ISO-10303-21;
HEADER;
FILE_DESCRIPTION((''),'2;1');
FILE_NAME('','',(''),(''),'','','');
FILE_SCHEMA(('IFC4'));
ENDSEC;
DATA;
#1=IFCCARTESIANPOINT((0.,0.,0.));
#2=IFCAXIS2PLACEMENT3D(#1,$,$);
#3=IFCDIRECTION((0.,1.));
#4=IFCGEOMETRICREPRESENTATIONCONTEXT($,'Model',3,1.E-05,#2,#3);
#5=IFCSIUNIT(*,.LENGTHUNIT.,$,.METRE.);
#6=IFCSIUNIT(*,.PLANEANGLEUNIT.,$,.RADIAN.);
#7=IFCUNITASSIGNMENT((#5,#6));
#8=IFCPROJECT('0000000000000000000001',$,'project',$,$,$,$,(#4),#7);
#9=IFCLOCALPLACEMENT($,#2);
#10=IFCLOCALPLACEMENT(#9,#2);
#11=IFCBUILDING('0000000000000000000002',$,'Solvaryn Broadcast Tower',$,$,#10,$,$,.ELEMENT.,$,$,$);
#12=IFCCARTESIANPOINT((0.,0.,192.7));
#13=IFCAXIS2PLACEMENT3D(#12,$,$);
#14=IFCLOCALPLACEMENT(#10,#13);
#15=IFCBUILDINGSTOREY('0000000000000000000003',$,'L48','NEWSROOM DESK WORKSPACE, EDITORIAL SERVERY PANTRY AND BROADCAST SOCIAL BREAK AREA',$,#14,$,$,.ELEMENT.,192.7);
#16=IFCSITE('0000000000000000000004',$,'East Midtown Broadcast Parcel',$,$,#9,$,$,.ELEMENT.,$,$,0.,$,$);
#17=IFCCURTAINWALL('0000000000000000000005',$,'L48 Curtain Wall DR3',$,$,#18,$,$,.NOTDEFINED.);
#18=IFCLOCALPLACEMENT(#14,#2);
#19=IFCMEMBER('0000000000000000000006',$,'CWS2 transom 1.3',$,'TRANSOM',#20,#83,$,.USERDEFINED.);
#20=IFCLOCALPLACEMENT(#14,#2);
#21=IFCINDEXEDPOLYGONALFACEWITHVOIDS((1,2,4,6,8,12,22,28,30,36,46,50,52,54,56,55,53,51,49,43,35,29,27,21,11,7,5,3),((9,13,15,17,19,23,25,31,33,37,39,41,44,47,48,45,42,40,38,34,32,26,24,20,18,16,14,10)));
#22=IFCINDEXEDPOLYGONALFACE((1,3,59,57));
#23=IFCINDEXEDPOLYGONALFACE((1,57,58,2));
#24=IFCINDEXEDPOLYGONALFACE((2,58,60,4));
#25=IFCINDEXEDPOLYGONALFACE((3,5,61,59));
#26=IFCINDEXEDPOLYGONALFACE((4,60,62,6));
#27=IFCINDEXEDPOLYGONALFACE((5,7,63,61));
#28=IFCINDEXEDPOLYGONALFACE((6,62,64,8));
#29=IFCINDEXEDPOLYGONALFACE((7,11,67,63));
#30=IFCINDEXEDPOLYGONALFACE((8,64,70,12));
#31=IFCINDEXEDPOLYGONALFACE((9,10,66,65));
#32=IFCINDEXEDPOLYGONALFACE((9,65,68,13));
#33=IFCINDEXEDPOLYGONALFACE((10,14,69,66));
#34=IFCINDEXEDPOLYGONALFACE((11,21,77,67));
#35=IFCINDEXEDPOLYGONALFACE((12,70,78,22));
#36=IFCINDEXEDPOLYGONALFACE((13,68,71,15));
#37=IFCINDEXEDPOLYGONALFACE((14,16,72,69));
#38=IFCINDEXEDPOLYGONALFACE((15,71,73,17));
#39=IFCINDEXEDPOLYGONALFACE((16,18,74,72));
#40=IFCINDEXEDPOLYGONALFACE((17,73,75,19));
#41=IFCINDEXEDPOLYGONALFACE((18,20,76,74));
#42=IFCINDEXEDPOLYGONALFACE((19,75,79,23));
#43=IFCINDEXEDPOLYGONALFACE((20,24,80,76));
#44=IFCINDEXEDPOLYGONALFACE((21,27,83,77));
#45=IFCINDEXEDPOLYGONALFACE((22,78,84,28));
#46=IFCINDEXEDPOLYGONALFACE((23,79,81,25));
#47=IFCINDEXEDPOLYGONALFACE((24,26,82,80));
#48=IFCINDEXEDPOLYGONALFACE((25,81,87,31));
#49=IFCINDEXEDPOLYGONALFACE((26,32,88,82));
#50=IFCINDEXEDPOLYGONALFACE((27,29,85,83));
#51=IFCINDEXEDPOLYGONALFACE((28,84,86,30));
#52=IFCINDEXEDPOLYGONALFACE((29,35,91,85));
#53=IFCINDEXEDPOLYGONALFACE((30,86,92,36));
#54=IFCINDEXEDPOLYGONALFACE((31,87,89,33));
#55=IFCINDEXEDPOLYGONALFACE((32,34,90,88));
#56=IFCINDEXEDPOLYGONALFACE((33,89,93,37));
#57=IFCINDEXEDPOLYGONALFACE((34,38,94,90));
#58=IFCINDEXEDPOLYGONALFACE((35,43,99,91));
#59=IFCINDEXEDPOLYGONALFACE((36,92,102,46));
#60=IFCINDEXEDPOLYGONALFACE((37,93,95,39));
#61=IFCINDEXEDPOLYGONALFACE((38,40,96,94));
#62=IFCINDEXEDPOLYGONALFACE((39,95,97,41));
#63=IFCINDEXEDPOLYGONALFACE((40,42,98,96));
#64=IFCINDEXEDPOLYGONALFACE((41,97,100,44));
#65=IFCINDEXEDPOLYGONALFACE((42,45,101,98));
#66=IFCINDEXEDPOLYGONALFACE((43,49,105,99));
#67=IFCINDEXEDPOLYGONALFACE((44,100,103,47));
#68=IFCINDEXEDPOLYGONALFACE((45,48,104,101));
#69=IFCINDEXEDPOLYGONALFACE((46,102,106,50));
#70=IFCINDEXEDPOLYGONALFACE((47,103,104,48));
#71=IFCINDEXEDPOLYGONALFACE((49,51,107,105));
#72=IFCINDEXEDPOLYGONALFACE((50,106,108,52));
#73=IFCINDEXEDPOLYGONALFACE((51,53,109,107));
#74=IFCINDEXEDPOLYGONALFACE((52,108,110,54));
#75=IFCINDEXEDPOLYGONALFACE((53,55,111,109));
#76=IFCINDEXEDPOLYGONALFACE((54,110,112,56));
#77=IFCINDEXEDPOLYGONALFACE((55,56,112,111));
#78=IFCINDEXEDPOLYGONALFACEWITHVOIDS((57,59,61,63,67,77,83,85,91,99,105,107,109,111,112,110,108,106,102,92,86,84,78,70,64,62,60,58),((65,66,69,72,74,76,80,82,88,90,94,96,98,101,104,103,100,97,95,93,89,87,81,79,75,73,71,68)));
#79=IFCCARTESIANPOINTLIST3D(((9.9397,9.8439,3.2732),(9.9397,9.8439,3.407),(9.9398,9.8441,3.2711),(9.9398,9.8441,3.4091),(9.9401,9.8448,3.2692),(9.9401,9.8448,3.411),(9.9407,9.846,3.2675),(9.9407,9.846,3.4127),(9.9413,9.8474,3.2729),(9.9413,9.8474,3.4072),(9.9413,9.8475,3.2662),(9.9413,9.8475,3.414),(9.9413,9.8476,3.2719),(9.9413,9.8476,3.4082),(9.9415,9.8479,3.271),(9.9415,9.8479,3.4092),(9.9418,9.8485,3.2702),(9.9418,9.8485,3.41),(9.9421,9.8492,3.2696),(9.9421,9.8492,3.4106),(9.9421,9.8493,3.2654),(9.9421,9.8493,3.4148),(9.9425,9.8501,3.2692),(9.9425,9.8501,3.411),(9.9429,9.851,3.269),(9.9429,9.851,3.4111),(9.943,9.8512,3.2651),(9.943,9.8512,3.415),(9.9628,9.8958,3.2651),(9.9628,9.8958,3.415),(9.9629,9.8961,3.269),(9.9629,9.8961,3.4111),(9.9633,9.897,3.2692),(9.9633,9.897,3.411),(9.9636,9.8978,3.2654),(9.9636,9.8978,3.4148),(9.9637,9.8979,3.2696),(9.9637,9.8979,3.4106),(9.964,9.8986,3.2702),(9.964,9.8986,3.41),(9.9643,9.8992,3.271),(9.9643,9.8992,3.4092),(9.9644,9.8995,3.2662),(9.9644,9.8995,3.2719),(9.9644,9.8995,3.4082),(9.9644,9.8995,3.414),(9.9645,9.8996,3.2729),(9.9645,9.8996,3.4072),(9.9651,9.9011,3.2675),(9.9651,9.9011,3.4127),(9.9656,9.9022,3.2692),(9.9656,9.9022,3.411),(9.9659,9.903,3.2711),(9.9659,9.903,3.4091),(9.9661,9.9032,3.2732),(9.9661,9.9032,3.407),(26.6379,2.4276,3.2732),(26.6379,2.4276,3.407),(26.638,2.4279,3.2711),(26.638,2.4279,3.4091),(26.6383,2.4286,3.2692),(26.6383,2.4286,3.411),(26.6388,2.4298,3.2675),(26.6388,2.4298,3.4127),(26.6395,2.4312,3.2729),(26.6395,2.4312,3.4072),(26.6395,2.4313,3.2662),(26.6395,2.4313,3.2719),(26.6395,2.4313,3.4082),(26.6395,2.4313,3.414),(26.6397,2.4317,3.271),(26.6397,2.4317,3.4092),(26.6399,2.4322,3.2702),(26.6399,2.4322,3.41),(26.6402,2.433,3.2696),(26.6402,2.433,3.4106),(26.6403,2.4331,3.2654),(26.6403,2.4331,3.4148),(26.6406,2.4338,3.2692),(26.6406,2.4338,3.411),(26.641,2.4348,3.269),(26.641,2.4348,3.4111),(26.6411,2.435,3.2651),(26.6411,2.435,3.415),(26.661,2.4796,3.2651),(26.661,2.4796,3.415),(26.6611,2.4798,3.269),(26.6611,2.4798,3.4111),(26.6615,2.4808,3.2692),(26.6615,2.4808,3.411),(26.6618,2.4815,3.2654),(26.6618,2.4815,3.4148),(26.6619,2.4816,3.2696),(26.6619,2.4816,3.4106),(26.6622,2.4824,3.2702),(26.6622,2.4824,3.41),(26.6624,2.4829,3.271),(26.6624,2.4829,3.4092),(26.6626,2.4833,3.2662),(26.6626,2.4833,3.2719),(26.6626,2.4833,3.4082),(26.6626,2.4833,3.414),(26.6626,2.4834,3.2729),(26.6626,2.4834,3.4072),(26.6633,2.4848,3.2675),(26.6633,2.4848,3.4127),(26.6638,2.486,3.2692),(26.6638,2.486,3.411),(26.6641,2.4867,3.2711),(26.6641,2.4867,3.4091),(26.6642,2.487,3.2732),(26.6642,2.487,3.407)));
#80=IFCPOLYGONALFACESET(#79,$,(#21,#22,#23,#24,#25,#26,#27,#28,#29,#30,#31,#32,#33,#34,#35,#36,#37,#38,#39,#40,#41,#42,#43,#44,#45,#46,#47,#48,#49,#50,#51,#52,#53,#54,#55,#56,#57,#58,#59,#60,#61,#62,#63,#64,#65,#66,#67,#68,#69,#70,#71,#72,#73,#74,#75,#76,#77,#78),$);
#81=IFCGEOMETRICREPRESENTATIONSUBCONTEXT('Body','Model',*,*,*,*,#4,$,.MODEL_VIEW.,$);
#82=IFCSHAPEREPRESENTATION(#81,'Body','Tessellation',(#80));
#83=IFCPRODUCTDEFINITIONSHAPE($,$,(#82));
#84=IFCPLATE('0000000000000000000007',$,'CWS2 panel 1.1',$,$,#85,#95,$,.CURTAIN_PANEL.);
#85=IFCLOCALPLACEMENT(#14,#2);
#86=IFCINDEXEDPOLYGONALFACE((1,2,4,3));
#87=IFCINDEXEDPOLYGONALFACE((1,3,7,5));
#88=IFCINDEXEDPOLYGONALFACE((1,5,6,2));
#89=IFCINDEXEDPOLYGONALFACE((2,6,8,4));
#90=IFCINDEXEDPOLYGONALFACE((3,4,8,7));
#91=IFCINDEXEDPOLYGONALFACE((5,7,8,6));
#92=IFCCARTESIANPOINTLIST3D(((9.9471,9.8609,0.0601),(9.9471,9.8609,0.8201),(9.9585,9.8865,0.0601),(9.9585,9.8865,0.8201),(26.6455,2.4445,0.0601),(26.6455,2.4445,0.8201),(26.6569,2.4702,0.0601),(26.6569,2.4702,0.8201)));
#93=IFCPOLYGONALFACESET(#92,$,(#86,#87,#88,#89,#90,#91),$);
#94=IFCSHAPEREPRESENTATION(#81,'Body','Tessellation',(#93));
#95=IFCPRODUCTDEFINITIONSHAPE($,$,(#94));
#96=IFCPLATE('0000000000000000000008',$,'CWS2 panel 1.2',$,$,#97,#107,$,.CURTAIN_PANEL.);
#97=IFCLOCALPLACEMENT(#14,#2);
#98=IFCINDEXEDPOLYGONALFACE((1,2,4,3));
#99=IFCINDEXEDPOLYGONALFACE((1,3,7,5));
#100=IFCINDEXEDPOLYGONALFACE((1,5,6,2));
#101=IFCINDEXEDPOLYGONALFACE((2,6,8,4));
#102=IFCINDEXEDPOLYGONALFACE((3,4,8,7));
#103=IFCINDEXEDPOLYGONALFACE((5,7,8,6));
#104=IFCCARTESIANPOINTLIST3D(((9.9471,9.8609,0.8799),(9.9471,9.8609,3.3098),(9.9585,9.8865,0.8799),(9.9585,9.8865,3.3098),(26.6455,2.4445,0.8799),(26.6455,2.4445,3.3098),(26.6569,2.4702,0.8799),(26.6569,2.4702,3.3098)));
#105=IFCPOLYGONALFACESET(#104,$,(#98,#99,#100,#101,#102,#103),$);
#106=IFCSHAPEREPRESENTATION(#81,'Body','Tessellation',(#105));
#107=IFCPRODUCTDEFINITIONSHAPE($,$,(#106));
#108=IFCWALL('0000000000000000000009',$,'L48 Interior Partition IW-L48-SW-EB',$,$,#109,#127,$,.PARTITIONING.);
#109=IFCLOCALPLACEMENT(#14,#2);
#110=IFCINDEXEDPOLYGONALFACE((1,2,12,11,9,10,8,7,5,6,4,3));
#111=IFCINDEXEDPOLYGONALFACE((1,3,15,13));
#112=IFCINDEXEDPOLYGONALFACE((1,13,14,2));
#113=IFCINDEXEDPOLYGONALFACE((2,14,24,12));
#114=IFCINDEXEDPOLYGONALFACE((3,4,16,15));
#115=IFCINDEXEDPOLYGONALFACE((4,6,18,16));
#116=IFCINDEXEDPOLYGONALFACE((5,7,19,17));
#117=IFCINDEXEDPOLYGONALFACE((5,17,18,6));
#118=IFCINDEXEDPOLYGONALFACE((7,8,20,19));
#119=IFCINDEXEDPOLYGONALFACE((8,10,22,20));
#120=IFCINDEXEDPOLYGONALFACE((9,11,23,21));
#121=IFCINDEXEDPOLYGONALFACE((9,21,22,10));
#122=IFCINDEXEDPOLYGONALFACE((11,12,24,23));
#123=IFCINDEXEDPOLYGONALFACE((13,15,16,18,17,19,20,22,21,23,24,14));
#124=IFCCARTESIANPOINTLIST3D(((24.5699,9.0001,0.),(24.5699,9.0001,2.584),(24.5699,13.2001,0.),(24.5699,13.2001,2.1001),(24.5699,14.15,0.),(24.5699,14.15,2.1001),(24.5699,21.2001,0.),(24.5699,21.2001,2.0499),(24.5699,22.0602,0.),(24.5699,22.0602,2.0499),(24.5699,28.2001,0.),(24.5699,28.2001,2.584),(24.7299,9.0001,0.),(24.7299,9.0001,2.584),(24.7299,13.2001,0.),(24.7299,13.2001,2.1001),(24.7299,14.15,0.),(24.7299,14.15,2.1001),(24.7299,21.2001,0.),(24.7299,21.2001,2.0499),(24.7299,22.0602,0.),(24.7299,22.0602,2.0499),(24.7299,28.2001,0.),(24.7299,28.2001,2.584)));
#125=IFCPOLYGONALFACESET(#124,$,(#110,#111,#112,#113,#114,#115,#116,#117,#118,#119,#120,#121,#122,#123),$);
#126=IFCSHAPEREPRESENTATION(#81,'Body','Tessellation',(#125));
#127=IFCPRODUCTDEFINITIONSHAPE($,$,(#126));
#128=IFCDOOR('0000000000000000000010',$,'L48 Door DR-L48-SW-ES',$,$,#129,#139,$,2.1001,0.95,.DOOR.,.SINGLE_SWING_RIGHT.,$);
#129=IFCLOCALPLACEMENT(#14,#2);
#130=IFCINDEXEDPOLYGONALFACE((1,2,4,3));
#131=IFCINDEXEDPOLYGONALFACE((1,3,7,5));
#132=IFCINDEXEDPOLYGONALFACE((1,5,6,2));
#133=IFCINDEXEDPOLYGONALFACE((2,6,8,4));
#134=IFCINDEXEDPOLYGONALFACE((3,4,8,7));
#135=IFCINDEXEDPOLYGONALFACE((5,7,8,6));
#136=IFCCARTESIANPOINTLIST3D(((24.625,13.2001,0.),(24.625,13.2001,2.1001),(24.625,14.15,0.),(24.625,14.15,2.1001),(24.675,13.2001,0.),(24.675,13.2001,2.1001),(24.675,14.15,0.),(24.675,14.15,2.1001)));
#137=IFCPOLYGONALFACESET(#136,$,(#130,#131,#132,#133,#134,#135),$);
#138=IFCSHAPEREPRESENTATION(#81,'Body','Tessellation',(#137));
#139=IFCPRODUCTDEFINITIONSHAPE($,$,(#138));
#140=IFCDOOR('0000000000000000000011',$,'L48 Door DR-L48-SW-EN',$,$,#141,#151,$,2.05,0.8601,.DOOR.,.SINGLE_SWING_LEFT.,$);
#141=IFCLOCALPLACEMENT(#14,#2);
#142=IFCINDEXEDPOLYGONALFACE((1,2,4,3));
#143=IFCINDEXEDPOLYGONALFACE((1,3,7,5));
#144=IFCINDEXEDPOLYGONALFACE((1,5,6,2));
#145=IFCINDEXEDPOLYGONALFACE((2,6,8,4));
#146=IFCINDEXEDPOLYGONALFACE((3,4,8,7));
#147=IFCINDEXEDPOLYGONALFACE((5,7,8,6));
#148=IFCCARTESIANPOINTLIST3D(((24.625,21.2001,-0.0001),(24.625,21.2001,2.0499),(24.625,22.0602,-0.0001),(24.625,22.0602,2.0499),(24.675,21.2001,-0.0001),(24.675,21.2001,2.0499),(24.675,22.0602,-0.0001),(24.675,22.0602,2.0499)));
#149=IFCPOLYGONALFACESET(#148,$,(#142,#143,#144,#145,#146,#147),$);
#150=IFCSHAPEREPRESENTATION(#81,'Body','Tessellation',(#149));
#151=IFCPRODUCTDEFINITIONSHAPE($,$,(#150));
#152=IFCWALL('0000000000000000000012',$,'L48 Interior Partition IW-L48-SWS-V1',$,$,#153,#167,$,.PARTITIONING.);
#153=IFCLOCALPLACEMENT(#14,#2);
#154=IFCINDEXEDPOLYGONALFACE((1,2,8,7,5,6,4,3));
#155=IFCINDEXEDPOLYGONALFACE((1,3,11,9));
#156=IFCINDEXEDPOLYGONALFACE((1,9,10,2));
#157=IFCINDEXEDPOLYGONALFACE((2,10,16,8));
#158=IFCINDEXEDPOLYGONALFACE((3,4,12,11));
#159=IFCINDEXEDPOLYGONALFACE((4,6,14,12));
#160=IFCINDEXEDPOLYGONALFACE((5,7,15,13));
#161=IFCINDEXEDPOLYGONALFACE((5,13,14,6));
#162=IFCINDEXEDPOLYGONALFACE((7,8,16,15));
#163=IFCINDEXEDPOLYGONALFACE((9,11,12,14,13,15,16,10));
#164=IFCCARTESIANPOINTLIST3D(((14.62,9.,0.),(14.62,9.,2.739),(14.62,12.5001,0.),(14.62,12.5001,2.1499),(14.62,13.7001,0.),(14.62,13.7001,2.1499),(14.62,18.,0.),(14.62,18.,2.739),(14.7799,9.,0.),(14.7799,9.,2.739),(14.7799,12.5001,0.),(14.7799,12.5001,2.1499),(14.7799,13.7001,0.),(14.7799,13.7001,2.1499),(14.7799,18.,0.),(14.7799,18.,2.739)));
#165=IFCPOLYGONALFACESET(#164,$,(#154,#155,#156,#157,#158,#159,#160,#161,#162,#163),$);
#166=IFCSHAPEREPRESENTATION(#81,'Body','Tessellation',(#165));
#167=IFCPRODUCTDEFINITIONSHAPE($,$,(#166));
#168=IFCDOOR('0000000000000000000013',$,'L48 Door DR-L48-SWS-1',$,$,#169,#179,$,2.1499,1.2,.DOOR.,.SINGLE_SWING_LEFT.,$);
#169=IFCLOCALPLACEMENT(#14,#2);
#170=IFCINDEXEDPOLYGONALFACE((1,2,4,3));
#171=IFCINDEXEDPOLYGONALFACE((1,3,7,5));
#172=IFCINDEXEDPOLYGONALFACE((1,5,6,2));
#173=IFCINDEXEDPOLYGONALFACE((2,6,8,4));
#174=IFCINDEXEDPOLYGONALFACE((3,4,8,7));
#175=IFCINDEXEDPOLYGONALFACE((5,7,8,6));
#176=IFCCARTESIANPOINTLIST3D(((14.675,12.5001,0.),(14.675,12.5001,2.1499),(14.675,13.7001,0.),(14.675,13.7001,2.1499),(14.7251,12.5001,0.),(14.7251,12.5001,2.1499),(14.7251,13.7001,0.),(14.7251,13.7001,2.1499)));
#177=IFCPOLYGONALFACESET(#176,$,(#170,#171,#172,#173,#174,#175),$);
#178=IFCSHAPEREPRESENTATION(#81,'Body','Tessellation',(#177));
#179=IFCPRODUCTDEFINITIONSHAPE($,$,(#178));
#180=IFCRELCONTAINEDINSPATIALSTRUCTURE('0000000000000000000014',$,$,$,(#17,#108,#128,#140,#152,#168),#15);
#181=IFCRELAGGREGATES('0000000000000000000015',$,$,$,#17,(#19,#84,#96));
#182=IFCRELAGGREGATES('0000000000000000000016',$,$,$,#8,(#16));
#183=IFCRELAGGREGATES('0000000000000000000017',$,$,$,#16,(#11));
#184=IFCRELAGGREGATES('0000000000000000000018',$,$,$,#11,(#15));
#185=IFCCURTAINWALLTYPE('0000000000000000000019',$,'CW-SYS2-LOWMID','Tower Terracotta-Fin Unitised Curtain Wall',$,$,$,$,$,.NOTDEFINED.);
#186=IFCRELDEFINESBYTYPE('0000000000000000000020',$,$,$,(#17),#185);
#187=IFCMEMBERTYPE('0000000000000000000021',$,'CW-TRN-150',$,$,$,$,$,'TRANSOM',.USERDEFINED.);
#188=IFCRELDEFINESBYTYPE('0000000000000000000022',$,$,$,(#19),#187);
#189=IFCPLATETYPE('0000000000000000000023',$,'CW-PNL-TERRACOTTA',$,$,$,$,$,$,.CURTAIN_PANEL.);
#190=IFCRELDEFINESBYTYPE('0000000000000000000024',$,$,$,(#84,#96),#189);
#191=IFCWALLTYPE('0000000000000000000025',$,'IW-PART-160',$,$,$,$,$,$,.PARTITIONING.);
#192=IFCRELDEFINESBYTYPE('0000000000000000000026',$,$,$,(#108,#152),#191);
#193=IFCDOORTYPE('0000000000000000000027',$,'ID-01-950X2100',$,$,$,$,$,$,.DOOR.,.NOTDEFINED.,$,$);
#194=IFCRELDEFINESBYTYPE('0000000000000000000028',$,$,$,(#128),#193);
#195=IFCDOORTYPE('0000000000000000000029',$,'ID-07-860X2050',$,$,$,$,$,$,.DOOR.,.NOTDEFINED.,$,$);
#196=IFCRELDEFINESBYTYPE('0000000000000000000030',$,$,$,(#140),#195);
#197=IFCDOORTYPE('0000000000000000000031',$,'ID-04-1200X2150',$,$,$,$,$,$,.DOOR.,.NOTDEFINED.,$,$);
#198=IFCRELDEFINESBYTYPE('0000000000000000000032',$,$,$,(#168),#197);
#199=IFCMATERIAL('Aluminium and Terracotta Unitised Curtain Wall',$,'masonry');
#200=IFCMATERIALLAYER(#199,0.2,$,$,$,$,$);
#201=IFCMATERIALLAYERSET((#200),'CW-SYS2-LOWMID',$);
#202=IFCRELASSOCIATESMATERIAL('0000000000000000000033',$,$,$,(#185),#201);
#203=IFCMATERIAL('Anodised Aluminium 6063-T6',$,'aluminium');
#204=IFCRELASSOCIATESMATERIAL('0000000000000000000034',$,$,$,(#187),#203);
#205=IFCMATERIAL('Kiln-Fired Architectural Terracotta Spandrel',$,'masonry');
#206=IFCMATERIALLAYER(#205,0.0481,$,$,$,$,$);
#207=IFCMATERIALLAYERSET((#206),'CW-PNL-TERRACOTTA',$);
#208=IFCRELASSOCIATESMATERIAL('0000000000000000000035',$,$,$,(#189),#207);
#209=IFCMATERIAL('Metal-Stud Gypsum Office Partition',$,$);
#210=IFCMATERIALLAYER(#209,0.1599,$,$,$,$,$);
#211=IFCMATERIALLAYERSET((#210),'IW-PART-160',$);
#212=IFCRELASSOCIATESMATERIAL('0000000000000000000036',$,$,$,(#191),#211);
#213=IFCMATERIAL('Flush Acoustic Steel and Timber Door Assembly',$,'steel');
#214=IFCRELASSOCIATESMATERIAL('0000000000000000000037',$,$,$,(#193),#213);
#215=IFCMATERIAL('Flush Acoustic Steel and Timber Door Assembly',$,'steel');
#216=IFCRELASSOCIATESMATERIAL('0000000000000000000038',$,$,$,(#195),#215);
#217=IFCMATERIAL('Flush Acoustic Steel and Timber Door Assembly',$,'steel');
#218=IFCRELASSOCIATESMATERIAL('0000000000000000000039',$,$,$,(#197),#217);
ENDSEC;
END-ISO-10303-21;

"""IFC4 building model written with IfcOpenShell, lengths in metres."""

from ifc_helpers import new_model, si_unit, direction, frame, frame_2d, origin, origin_2d, place, context, subcontext, project, spatial, rectangle, hollow_rectangle, extrude, material, layer, layer_set, material_profile, profile_set, type_object, element, fill, aggregate, save


model = new_model("IFC4")

# Units and contexts
model_context = context("Model", 3, precision=1e-05, world=origin(), true_north=direction((0.0, 1.0)))
body_context = subcontext(model_context, "Body", "Model", "MODEL_VIEW")
ifc_project = project(units=[si_unit("LENGTHUNIT", "METRE"), si_unit("PLANEANGLEUNIT", "RADIAN")], contexts=[model_context])

# Site, building, storey
site_placement = place(None, origin())
site = spatial("IfcSite", under=ifc_project, at=site_placement, Name="East Midtown Broadcast Parcel", CompositionType="ELEMENT", RefElevation=0.0)
building_placement = place(site_placement, origin())
building = spatial("IfcBuilding", under=site, at=building_placement, Name="Solvaryn Broadcast Tower", CompositionType="ELEMENT")
storey_placement = place(building_placement, frame((0.0, 0.0, 192.7)))
storey = spatial("IfcBuildingStorey", under=building, at=storey_placement, Name="L48", Description="NEWSROOM DESK WORKSPACE, EDITORIAL SERVERY PANTRY AND BROADCAST SOCIAL BREAK AREA", CompositionType="ELEMENT", Elevation=192.7)

# Curtain wall, member, plates
ifc_material_1 = material(Name="Aluminium and Terracotta Unitised Curtain Wall", Category="masonry")
ifc_layer_1 = layer(ifc_material_1, 0.2)
ifc_layer_set_1 = layer_set([ifc_layer_1], Name="CW-SYS2-LOWMID")
curtain_wall_type = type_object("IfcCurtainWallType", Name="CW-SYS2-LOWMID", Description="Tower Terracotta-Fin Unitised Curtain Wall", PredefinedType="NOTDEFINED", material=ifc_layer_set_1)
curtain_wall_placement = place(storey_placement, origin())
curtain_wall = element("IfcCurtainWall", 1, at=curtain_wall_placement, inside=storey, type_object=curtain_wall_type, Name="L48 Curtain Wall DR3", PredefinedType="NOTDEFINED")
ifc_material_2 = material(Name="Anodised Aluminium 6063-T6", Category="aluminium")
ifc_material_profile_1 = material_profile(ifc_material_2, hollow_rectangle(XDim=0.0649, YDim=0.1499, WallThickness=0.0039, InnerFilletRadius=0.0039, OuterFilletRadius=0.0081, at=origin_2d()))
ifc_profile_set_1 = profile_set([ifc_material_profile_1], Name="Anodised Aluminium 6063-T6")
member_type = type_object("IfcMemberType", Name="CW-TRN-150", ElementType="TRANSOM", PredefinedType="USERDEFINED", material=ifc_profile_set_1)
member_1_placement = place(storey_placement, frame((9.9529, 9.8735, 3.3401), z_axis=(0.913917, -0.405902, 0.0), x_axis=(0.405902, 0.913917, 0.0)))
member_1 = element("IfcMember", 2, at=member_1_placement, type_object=member_type, Name="CWS2 transom 1.3", ObjectType="TRANSOM", PredefinedType="USERDEFINED", context=body_context, shape_type="SweptSolid", body=[
    extrude(hollow_rectangle(XDim=0.0649, YDim=0.1499, WallThickness=0.0039, InnerFilletRadius=0.0039, OuterFilletRadius=0.0081, at=origin_2d()), origin(), (0.0, 0.0, 1.0), 18.271),
])
ifc_material_3 = material(Name="Kiln-Fired Architectural Terracotta Spandrel", Category="masonry")
ifc_layer_2 = layer(ifc_material_3, 0.0481)
ifc_layer_set_2 = layer_set([ifc_layer_2], Name="CW-PNL-TERRACOTTA")
plate_type = type_object("IfcPlateType", Name="CW-PNL-TERRACOTTA", PredefinedType="CURTAIN_PANEL", material=ifc_layer_set_2)
plate_1_placement = place(storey_placement, frame((18.302, 6.1655, 0.0601), z_axis=(0.0, 0.0, 1.0), x_axis=(0.913917, -0.405901, 0.0)))
plate_1 = element("IfcPlate", 3, at=plate_1_placement, type_object=plate_type, Name="CWS2 panel 1.1", PredefinedType="CURTAIN_PANEL", context=body_context, shape_type="SweptSolid", body=[
    extrude(rectangle(XDim=18.2712, YDim=0.0281, at=origin_2d()), origin(), (0.0, 0.0, 1.0), 0.76),
])
plate_2_placement = place(storey_placement, frame((18.302, 6.1655, 0.8799), z_axis=(0.0, 0.0, 1.0), x_axis=(0.913917, -0.405901, 0.0)))
plate_2 = element("IfcPlate", 4, at=plate_2_placement, type_object=plate_type, Name="CWS2 panel 1.2", PredefinedType="CURTAIN_PANEL", context=body_context, shape_type="SweptSolid", body=[
    extrude(rectangle(XDim=18.2712, YDim=0.0281, at=origin_2d()), origin(), (0.0, 0.0, 1.0), 2.4299),
])
aggregate(curtain_wall, [member_1, plate_1, plate_2])

# Wall, openings, doors
ifc_material_4 = material(Name="Metal-Stud Gypsum Office Partition")
ifc_layer_3 = layer(ifc_material_4, 0.1599)
ifc_layer_set_3 = layer_set([ifc_layer_3], Name="IW-PART-160")
wall_type = type_object("IfcWallType", Name="IW-PART-160", PredefinedType="PARTITIONING", material=ifc_layer_set_3)
wall_1_placement = place(storey_placement, frame((24.6499, 9.0, 0.0), z_axis=(0.0, 0.0, 1.0), x_axis=(0.0, 1.0, 0.0)))
wall_1 = element("IfcWall", 5, at=wall_1_placement, inside=storey, type_object=wall_type, Name="L48 Interior Partition IW-L48-SW-EB", PredefinedType="PARTITIONING", context=body_context, shape_type="SweptSolid", body=[
    extrude(rectangle(XDim=19.2, YDim=0.1599, at=frame_2d((9.6001, 0.0))), origin(), (0.0, 0.0, 1.0), 2.584),
])
opening_1_placement = place(wall_1_placement, frame((12.2, 0.0, 0.0)))
opening_1 = element("IfcOpeningElement", 6, at=opening_1_placement, cuts=wall_1, PredefinedType="OPENING", context=body_context, shape_type="SweptSolid", body=[
    extrude(rectangle(XDim=0.8601, YDim=2.05, at=frame_2d((0.4302, 1.0249))), frame((0.0, 0.0901, 0.0), z_axis=(0.0, -1.0, 0.0), x_axis=(1.0, 0.0, 0.0)), (0.0, 0.0, 1.0), 0.1799),
])
opening_2_placement = place(wall_1_placement, frame((4.2, 0.0, 0.0)))
opening_2 = element("IfcOpeningElement", 7, at=opening_2_placement, cuts=wall_1, PredefinedType="OPENING", context=body_context, shape_type="SweptSolid", body=[
    extrude(rectangle(XDim=0.95, YDim=2.1001, at=frame_2d((0.4751, 1.05))), frame((0.0, 0.0901, 0.0), z_axis=(0.0, -1.0, 0.0), x_axis=(1.0, 0.0, 0.0)), (0.0, 0.0, 1.0), 0.1799),
])
ifc_material_5 = material(Name="Flush Acoustic Steel and Timber Door Assembly", Category="steel")
door_type_1 = type_object("IfcDoorType", Name="ID-01-950X2100", OperationType="NOTDEFINED", PredefinedType="DOOR", material=ifc_material_5)
door_1_placement = place(opening_2_placement, origin())
door_1 = element("IfcDoor", 8, at=door_1_placement, inside=storey, type_object=door_type_1, Name="L48 Door DR-L48-SW-ES", OperationType="SINGLE_SWING_RIGHT", OverallHeight=2.1001, OverallWidth=0.95, PredefinedType="DOOR", context=body_context, shape_type="SweptSolid", body=[
    extrude(rectangle(XDim=0.95, YDim=2.1001, at=frame_2d((0.4751, 1.05))), frame((0.0, 0.0249, 0.0), z_axis=(0.0, -1.0, 0.0), x_axis=(1.0, 0.0, 0.0)), (0.0, 0.0, 1.0), 0.05),
])
fill(opening_2, door_1)
ifc_material_6 = material(Name="Flush Acoustic Steel and Timber Door Assembly", Category="steel")
door_type_2 = type_object("IfcDoorType", Name="ID-07-860X2050", OperationType="NOTDEFINED", PredefinedType="DOOR", material=ifc_material_6)
door_2_placement = place(opening_1_placement, origin())
door_2 = element("IfcDoor", 9, at=door_2_placement, inside=storey, type_object=door_type_2, Name="L48 Door DR-L48-SW-EN", OperationType="SINGLE_SWING_LEFT", OverallHeight=2.05, OverallWidth=0.8601, PredefinedType="DOOR", context=body_context, shape_type="SweptSolid", body=[
    extrude(rectangle(XDim=0.8601, YDim=2.05, at=frame_2d((0.4302, 1.0249))), frame((0.0, 0.0249, 0.0), z_axis=(0.0, -1.0, 0.0), x_axis=(1.0, 0.0, 0.0)), (0.0, 0.0, 1.0), 0.05),
])
fill(opening_1, door_2)

# Wall, opening, door
wall_2_placement = place(storey_placement, frame((14.7, 9.0, 0.0), z_axis=(0.0, 0.0, 1.0), x_axis=(0.0, 1.0, 0.0)))
wall_2 = element("IfcWall", 10, at=wall_2_placement, inside=storey, type_object=wall_type, Name="L48 Interior Partition IW-L48-SWS-V1", PredefinedType="PARTITIONING", context=body_context, shape_type="SweptSolid", body=[
    extrude(rectangle(XDim=9.0, YDim=0.1599, at=frame_2d((4.5, 0.0))), origin(), (0.0, 0.0, 1.0), 2.739),
])
opening_3_placement = place(wall_2_placement, frame((3.5, 0.0, 0.0)))
opening_3 = element("IfcOpeningElement", 11, at=opening_3_placement, cuts=wall_2, PredefinedType="OPENING", context=body_context, shape_type="SweptSolid", body=[
    extrude(rectangle(XDim=1.2, YDim=2.1499, at=frame_2d((0.6001, 1.075))), frame((0.0, 0.0901, 0.0), z_axis=(0.0, -1.0, 0.0), x_axis=(1.0, 0.0, 0.0)), (0.0, 0.0, 1.0), 0.1799),
])
ifc_material_7 = material(Name="Flush Acoustic Steel and Timber Door Assembly", Category="steel")
door_type_3 = type_object("IfcDoorType", Name="ID-04-1200X2150", OperationType="NOTDEFINED", PredefinedType="DOOR", material=ifc_material_7)
door_3_placement = place(opening_3_placement, origin())
door_3 = element("IfcDoor", 12, at=door_3_placement, inside=storey, type_object=door_type_3, Name="L48 Door DR-L48-SWS-1", OperationType="SINGLE_SWING_LEFT", OverallHeight=2.1499, OverallWidth=1.2, PredefinedType="DOOR", context=body_context, shape_type="SweptSolid", body=[
    extrude(rectangle(XDim=1.2, YDim=2.1499, at=frame_2d((0.6001, 1.075))), frame((0.0, 0.0249, 0.0), z_axis=(0.0, -1.0, 0.0), x_axis=(1.0, 0.0, 0.0)), (0.0, 0.0, 1.0), 0.05),
])
fill(opening_3, door_3)

save(model, "model.ifc")
